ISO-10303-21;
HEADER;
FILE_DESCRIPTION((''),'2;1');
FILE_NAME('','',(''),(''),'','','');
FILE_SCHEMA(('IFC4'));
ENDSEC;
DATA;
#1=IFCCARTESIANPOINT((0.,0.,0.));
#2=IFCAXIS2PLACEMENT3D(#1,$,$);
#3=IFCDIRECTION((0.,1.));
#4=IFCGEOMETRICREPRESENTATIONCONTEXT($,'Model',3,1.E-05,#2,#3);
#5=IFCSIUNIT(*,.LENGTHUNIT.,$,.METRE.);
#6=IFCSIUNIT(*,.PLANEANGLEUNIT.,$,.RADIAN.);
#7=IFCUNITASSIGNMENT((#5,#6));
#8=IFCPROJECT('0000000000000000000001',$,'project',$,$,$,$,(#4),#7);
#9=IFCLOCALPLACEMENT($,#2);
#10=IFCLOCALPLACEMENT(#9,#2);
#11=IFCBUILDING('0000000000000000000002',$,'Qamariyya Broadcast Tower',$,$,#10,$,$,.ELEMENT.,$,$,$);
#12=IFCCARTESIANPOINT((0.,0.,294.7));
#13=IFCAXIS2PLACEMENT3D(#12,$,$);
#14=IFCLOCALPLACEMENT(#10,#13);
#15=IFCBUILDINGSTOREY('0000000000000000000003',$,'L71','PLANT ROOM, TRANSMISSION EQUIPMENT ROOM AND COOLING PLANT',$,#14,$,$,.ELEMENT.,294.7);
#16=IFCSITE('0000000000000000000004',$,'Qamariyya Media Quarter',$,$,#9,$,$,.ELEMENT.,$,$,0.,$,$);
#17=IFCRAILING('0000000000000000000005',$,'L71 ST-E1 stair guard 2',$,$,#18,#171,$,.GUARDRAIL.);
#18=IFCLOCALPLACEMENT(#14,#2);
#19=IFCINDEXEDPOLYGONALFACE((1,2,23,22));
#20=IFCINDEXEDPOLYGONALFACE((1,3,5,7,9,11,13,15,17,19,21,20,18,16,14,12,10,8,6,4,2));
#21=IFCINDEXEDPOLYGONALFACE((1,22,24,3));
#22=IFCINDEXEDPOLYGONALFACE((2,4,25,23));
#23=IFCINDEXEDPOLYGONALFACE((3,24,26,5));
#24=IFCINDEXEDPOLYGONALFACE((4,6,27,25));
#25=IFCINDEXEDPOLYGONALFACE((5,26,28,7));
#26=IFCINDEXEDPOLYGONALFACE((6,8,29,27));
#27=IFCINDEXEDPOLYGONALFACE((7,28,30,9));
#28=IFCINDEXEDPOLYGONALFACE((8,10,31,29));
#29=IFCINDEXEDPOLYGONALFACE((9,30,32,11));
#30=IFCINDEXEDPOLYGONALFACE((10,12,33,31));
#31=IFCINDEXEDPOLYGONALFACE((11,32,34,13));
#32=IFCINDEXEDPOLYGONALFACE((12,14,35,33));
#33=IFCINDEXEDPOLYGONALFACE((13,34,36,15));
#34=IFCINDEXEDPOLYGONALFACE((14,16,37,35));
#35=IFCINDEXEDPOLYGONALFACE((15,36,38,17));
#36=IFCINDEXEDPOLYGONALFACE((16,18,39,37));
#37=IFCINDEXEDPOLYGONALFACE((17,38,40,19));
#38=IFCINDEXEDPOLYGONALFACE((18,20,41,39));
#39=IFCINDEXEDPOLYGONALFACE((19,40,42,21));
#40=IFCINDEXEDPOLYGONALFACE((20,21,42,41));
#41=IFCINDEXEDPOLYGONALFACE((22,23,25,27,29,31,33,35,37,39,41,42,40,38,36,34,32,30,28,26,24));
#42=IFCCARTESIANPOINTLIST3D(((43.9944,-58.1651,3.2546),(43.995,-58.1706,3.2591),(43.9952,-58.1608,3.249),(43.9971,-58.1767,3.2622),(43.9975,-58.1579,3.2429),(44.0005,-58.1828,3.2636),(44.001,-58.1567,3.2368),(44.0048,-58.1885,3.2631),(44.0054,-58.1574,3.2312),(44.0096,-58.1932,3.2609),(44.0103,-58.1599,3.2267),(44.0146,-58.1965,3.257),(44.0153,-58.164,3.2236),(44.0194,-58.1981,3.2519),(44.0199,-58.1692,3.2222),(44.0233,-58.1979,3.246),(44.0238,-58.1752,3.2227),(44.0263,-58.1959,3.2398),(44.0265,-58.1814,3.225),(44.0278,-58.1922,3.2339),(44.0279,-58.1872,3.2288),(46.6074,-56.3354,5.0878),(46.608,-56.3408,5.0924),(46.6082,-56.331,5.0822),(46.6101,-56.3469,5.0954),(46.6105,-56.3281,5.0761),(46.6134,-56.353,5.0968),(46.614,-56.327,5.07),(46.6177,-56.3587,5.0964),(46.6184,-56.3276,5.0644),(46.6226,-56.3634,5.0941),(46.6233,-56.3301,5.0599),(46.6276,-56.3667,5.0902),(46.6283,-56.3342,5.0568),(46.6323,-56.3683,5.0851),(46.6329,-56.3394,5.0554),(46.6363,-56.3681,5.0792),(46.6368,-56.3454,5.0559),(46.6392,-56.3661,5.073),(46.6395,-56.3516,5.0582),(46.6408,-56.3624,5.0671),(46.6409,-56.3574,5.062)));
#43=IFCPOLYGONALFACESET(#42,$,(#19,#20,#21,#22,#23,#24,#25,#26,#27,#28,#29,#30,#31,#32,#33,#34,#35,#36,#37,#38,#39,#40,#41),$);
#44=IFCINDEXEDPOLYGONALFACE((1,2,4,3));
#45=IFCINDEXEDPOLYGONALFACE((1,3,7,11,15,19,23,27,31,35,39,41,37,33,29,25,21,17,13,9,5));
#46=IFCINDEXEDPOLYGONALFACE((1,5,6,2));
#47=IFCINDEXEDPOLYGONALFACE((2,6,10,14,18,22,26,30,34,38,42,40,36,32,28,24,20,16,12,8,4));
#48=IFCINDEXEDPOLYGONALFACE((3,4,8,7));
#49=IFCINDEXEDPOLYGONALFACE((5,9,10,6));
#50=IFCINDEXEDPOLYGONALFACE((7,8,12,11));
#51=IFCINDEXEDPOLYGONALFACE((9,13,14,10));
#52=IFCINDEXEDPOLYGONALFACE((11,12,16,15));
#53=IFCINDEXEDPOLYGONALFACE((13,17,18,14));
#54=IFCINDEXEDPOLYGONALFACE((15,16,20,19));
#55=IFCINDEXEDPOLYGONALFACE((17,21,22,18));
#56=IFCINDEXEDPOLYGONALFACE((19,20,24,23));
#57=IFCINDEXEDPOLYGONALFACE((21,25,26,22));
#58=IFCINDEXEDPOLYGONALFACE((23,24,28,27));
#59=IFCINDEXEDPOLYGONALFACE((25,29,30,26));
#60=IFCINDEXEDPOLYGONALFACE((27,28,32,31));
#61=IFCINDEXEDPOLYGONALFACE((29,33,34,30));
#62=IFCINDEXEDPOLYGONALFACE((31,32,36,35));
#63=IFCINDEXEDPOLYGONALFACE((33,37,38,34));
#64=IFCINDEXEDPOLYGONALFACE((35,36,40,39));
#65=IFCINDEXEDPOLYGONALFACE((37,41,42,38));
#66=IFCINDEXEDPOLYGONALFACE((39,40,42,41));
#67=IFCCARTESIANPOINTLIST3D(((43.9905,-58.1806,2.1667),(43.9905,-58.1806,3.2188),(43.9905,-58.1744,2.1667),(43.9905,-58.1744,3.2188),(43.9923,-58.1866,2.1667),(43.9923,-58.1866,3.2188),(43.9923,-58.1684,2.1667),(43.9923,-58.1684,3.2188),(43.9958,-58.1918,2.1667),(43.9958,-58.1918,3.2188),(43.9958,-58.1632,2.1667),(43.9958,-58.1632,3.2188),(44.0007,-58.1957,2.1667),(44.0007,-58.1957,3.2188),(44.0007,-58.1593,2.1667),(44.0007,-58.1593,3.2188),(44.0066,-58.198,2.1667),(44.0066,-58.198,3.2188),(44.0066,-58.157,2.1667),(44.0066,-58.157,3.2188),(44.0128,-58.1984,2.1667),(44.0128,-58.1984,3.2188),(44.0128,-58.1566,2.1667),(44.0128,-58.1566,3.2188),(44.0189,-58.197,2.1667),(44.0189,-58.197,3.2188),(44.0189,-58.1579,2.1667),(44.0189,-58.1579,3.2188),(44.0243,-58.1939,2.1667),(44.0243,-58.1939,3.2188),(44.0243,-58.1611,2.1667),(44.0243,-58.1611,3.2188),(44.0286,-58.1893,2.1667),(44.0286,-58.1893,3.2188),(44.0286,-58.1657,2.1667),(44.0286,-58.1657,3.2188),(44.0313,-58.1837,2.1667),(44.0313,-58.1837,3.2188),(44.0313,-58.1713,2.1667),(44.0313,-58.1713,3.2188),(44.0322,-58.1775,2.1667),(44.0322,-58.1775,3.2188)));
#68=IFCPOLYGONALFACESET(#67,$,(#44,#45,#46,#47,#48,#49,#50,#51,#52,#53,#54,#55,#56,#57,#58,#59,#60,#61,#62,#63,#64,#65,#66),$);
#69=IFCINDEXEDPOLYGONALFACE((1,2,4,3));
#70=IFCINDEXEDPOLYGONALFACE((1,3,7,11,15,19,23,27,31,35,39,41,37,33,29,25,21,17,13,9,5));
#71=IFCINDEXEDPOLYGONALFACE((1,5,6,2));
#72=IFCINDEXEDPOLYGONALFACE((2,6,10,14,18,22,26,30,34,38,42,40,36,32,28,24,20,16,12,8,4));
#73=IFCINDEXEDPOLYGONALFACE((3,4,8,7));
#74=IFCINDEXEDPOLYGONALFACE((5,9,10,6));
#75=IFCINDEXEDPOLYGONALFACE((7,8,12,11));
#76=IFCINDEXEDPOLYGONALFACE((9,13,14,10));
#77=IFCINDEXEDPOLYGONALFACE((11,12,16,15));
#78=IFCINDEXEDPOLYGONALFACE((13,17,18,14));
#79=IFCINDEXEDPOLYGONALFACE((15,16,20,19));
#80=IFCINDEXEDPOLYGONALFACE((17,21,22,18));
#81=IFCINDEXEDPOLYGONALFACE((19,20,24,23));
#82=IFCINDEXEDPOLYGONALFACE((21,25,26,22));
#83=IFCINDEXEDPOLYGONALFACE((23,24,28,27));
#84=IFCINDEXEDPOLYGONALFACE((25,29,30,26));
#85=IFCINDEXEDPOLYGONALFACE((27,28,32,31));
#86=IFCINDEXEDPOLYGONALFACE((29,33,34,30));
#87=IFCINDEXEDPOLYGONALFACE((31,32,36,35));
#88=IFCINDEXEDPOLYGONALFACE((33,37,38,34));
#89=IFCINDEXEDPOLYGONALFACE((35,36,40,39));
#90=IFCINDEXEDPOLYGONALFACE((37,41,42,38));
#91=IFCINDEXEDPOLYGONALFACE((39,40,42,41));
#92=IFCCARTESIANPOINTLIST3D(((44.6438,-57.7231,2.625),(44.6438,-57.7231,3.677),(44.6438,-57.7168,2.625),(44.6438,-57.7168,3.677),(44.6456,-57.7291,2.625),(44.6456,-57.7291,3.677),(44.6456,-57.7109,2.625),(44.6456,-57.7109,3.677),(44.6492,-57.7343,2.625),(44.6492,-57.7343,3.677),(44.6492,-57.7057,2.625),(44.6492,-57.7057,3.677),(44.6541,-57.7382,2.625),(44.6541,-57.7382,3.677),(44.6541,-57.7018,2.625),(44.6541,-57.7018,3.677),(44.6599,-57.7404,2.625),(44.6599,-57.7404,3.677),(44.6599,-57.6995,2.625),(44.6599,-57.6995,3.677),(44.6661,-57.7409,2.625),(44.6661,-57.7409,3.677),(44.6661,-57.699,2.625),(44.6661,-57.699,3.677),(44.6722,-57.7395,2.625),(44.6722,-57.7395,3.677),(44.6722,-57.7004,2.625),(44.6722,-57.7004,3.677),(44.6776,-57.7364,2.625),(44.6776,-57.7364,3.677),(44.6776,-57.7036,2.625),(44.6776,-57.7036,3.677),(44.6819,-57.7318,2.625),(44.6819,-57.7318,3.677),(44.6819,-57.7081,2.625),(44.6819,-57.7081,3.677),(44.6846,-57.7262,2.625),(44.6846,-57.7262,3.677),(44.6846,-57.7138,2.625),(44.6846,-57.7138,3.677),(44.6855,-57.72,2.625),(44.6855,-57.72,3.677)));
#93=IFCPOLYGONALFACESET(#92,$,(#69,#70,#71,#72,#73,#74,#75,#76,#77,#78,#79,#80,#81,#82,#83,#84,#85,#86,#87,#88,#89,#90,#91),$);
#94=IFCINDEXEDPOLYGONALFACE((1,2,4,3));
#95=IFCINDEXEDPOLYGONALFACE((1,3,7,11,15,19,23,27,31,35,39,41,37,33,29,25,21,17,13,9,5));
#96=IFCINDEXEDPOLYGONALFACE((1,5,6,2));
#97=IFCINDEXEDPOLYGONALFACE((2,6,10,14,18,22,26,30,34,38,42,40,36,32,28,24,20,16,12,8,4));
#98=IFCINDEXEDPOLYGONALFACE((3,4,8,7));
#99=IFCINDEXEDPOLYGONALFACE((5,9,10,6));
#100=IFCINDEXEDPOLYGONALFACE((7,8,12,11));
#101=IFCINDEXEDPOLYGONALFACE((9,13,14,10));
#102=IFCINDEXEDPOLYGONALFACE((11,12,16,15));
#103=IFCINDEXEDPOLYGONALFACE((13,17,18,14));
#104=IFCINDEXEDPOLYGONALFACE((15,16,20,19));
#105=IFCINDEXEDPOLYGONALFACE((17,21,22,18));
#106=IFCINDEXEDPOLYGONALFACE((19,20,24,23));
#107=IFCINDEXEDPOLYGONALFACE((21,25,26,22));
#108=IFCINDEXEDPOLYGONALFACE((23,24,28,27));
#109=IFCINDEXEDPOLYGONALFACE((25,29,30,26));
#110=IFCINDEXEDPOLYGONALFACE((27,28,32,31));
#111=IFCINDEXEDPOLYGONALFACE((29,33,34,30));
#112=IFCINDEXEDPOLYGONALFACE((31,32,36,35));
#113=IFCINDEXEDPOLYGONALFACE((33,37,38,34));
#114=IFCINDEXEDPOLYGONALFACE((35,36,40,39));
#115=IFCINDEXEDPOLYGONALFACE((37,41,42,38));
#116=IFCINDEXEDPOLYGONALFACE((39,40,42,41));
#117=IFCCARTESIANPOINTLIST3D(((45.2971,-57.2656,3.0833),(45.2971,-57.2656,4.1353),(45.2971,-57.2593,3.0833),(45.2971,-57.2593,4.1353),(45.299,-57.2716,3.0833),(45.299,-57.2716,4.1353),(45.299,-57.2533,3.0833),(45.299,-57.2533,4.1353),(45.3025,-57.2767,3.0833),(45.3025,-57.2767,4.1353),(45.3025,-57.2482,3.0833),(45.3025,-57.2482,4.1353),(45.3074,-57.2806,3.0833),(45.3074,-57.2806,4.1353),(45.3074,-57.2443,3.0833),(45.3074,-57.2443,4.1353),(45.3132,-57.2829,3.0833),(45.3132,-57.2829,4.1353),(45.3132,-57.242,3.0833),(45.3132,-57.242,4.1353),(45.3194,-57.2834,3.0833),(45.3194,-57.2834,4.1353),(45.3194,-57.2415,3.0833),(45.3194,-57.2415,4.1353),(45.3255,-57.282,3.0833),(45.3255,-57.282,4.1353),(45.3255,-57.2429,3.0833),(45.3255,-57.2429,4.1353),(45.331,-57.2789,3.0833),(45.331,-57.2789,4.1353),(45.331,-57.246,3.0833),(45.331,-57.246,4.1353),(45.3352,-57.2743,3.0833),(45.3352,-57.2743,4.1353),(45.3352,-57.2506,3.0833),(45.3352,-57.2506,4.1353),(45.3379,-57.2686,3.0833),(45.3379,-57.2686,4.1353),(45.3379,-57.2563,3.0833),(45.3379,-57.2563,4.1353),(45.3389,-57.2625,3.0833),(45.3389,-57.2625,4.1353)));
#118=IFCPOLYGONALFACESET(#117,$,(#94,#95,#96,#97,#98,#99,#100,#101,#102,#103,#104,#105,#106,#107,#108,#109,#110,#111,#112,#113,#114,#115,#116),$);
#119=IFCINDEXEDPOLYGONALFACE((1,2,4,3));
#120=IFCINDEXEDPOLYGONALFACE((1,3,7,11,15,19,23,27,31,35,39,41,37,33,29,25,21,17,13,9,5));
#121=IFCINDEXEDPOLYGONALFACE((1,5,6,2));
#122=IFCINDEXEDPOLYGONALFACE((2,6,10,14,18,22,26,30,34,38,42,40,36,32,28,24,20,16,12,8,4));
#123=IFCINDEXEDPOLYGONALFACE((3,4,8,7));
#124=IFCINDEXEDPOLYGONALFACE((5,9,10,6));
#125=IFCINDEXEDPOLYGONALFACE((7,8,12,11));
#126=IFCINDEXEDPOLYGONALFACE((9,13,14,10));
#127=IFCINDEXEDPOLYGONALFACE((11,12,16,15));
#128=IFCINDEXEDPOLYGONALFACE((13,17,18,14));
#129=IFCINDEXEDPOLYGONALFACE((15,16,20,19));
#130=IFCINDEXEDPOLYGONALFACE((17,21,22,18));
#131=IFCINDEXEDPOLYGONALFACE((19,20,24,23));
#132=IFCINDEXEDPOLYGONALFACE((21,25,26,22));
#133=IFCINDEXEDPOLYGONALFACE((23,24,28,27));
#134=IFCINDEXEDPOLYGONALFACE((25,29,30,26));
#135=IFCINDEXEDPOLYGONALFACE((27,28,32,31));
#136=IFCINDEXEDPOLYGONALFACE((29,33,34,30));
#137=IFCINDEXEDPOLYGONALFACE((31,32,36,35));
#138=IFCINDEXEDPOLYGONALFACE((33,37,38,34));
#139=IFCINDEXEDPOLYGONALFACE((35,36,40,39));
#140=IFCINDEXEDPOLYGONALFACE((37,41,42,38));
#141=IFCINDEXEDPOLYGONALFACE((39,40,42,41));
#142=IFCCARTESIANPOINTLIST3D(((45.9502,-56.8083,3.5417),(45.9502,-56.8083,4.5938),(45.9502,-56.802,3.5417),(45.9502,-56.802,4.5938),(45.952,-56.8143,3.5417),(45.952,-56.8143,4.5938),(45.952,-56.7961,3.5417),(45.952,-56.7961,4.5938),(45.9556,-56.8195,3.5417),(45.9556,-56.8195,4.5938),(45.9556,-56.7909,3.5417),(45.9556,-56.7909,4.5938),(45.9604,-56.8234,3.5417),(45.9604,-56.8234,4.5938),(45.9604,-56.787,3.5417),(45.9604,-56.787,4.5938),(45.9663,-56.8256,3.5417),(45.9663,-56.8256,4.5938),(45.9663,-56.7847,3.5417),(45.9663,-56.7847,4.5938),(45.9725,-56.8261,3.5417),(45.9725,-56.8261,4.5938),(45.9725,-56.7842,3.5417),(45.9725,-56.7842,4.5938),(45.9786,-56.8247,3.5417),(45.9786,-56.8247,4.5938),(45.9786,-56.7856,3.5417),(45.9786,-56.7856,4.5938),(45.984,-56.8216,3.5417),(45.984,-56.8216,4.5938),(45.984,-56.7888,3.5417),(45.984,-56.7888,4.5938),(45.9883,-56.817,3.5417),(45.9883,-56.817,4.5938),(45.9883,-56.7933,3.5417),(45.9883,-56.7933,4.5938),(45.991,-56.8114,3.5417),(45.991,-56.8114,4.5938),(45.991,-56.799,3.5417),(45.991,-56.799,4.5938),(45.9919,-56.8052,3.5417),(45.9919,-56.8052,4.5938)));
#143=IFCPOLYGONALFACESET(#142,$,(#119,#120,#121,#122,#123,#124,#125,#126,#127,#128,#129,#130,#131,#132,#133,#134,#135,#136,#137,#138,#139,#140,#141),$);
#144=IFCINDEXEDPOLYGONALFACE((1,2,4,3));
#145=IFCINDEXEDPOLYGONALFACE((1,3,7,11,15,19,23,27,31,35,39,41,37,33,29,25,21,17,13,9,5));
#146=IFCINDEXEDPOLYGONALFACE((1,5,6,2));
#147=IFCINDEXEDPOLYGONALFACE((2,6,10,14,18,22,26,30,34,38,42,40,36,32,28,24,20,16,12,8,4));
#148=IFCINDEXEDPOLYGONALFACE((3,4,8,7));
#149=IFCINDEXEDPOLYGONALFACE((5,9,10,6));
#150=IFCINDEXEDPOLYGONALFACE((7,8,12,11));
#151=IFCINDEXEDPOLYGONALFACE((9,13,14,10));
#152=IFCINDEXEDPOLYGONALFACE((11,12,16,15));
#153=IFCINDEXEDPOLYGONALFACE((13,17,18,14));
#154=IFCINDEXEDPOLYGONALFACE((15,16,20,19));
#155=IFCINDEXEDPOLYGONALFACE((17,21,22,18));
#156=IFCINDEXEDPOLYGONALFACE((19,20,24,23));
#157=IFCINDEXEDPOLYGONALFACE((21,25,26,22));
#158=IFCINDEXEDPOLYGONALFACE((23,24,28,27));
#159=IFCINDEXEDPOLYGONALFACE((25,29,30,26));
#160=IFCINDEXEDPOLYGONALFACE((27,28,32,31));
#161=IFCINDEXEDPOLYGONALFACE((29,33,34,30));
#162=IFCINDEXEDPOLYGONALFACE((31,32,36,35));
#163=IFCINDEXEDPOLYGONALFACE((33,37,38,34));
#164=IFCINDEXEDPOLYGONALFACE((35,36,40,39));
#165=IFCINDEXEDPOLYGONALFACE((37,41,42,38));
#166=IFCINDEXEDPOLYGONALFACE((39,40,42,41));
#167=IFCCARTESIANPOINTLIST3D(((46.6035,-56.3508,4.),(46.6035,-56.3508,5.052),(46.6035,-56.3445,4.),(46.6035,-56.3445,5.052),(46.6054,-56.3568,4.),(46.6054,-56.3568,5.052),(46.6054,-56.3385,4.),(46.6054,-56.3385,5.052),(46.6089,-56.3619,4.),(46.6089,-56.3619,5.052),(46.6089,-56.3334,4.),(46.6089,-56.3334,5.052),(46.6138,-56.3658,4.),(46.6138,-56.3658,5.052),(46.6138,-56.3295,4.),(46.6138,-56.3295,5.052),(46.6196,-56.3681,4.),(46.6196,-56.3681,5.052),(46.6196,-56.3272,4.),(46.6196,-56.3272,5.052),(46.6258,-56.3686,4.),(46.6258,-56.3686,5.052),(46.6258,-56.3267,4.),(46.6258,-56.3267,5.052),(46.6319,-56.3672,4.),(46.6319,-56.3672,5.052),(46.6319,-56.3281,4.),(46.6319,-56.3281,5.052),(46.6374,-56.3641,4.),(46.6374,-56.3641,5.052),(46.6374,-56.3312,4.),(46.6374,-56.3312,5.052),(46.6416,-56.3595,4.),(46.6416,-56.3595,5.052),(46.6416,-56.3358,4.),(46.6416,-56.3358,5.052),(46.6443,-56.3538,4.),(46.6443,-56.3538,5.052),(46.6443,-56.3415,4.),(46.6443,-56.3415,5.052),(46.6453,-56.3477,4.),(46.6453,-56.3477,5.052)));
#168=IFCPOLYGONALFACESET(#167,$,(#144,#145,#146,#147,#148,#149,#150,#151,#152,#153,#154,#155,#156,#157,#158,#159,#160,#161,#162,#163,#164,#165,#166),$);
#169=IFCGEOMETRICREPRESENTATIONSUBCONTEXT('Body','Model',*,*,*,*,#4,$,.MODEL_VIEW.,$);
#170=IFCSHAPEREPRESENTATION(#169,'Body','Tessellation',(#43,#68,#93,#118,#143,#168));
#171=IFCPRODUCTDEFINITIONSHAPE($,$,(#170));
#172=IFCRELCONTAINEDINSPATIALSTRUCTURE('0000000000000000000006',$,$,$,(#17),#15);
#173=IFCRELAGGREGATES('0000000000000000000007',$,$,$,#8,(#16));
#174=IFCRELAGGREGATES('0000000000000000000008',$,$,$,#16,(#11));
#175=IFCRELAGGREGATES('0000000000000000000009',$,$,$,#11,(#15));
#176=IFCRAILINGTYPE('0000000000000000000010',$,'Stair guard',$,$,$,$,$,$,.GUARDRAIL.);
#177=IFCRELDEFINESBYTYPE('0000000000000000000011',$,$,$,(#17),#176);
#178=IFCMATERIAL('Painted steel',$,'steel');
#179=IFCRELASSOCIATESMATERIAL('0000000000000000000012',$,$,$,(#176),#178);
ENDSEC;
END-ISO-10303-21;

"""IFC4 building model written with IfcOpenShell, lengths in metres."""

from ifc_helpers import new_model, si_unit, direction, frame, origin, origin_2d, place, context, subcontext, project, spatial, circle, extrude, material, type_object, element, save


model = new_model("IFC4")

# Units and contexts
model_context = context("Model", 3, precision=1e-05, world=origin(), true_north=direction((0.0, 1.0)))
body_context = subcontext(model_context, "Body", "Model", "MODEL_VIEW")
ifc_project = project(units=[si_unit("LENGTHUNIT", "METRE"), si_unit("PLANEANGLEUNIT", "RADIAN")], contexts=[model_context])

# Site, building, storey
site_placement = place(None, origin())
site = spatial("IfcSite", under=ifc_project, at=site_placement, Name="Qamariyya Media Quarter", CompositionType="ELEMENT", RefElevation=0.0)
building_placement = place(site_placement, origin())
building = spatial("IfcBuilding", under=site, at=building_placement, Name="Qamariyya Broadcast Tower", CompositionType="ELEMENT")
storey_placement = place(building_placement, frame((0.0, 0.0, 294.7)))
storey = spatial("IfcBuildingStorey", under=building, at=storey_placement, Name="L71", Description="PLANT ROOM, TRANSMISSION EQUIPMENT ROOM AND COOLING PLANT", CompositionType="ELEMENT", Elevation=294.7)

# Railing
ifc_material_1 = material(Name="Painted steel", Category="steel")
railing_type_1 = type_object("IfcRailingType", Name="Stair guard", PredefinedType="GUARDRAIL", material=ifc_material_1)
railing_1_placement = place(storey_placement, frame((44.0112, -58.1775, 2.1667)))
element("IfcRailing", 1, at=railing_1_placement, inside=storey, type_object=railing_type_1, Name="L71 ST-E1 stair guard 2", PredefinedType="GUARDRAIL", context=body_context, shape_type="SweptSolid", body=[
    extrude(circle(Radius=0.0239, at=origin_2d()), frame((0.0, 0.0, 1.0762), z_axis=(0.710204, 0.497335, 0.498264), x_axis=(-0.573611, 0.819128, 0.0)), (0.0, 0.0, 1.0), 3.6792),
    extrude(circle(Radius=0.021, at=origin_2d()), origin(), (0.0, 0.0, 1.0), 1.052),
    extrude(circle(Radius=0.021, at=origin_2d()), frame((0.6533, 0.4575, 0.4583)), (0.0, 0.0, 1.0), 1.052),
    extrude(circle(Radius=0.021, at=origin_2d()), frame((1.3066, 0.915, 0.9165)), (0.0, 0.0, 1.0), 1.052),
    extrude(circle(Radius=0.021, at=origin_2d()), frame((1.9597, 1.3723, 1.375)), (0.0, 0.0, 1.0), 1.052),
    extrude(circle(Radius=0.021, at=origin_2d()), frame((2.613, 1.8298, 1.8333)), (0.0, 0.0, 1.0), 1.052),
])

save(model, "model.ifc")
